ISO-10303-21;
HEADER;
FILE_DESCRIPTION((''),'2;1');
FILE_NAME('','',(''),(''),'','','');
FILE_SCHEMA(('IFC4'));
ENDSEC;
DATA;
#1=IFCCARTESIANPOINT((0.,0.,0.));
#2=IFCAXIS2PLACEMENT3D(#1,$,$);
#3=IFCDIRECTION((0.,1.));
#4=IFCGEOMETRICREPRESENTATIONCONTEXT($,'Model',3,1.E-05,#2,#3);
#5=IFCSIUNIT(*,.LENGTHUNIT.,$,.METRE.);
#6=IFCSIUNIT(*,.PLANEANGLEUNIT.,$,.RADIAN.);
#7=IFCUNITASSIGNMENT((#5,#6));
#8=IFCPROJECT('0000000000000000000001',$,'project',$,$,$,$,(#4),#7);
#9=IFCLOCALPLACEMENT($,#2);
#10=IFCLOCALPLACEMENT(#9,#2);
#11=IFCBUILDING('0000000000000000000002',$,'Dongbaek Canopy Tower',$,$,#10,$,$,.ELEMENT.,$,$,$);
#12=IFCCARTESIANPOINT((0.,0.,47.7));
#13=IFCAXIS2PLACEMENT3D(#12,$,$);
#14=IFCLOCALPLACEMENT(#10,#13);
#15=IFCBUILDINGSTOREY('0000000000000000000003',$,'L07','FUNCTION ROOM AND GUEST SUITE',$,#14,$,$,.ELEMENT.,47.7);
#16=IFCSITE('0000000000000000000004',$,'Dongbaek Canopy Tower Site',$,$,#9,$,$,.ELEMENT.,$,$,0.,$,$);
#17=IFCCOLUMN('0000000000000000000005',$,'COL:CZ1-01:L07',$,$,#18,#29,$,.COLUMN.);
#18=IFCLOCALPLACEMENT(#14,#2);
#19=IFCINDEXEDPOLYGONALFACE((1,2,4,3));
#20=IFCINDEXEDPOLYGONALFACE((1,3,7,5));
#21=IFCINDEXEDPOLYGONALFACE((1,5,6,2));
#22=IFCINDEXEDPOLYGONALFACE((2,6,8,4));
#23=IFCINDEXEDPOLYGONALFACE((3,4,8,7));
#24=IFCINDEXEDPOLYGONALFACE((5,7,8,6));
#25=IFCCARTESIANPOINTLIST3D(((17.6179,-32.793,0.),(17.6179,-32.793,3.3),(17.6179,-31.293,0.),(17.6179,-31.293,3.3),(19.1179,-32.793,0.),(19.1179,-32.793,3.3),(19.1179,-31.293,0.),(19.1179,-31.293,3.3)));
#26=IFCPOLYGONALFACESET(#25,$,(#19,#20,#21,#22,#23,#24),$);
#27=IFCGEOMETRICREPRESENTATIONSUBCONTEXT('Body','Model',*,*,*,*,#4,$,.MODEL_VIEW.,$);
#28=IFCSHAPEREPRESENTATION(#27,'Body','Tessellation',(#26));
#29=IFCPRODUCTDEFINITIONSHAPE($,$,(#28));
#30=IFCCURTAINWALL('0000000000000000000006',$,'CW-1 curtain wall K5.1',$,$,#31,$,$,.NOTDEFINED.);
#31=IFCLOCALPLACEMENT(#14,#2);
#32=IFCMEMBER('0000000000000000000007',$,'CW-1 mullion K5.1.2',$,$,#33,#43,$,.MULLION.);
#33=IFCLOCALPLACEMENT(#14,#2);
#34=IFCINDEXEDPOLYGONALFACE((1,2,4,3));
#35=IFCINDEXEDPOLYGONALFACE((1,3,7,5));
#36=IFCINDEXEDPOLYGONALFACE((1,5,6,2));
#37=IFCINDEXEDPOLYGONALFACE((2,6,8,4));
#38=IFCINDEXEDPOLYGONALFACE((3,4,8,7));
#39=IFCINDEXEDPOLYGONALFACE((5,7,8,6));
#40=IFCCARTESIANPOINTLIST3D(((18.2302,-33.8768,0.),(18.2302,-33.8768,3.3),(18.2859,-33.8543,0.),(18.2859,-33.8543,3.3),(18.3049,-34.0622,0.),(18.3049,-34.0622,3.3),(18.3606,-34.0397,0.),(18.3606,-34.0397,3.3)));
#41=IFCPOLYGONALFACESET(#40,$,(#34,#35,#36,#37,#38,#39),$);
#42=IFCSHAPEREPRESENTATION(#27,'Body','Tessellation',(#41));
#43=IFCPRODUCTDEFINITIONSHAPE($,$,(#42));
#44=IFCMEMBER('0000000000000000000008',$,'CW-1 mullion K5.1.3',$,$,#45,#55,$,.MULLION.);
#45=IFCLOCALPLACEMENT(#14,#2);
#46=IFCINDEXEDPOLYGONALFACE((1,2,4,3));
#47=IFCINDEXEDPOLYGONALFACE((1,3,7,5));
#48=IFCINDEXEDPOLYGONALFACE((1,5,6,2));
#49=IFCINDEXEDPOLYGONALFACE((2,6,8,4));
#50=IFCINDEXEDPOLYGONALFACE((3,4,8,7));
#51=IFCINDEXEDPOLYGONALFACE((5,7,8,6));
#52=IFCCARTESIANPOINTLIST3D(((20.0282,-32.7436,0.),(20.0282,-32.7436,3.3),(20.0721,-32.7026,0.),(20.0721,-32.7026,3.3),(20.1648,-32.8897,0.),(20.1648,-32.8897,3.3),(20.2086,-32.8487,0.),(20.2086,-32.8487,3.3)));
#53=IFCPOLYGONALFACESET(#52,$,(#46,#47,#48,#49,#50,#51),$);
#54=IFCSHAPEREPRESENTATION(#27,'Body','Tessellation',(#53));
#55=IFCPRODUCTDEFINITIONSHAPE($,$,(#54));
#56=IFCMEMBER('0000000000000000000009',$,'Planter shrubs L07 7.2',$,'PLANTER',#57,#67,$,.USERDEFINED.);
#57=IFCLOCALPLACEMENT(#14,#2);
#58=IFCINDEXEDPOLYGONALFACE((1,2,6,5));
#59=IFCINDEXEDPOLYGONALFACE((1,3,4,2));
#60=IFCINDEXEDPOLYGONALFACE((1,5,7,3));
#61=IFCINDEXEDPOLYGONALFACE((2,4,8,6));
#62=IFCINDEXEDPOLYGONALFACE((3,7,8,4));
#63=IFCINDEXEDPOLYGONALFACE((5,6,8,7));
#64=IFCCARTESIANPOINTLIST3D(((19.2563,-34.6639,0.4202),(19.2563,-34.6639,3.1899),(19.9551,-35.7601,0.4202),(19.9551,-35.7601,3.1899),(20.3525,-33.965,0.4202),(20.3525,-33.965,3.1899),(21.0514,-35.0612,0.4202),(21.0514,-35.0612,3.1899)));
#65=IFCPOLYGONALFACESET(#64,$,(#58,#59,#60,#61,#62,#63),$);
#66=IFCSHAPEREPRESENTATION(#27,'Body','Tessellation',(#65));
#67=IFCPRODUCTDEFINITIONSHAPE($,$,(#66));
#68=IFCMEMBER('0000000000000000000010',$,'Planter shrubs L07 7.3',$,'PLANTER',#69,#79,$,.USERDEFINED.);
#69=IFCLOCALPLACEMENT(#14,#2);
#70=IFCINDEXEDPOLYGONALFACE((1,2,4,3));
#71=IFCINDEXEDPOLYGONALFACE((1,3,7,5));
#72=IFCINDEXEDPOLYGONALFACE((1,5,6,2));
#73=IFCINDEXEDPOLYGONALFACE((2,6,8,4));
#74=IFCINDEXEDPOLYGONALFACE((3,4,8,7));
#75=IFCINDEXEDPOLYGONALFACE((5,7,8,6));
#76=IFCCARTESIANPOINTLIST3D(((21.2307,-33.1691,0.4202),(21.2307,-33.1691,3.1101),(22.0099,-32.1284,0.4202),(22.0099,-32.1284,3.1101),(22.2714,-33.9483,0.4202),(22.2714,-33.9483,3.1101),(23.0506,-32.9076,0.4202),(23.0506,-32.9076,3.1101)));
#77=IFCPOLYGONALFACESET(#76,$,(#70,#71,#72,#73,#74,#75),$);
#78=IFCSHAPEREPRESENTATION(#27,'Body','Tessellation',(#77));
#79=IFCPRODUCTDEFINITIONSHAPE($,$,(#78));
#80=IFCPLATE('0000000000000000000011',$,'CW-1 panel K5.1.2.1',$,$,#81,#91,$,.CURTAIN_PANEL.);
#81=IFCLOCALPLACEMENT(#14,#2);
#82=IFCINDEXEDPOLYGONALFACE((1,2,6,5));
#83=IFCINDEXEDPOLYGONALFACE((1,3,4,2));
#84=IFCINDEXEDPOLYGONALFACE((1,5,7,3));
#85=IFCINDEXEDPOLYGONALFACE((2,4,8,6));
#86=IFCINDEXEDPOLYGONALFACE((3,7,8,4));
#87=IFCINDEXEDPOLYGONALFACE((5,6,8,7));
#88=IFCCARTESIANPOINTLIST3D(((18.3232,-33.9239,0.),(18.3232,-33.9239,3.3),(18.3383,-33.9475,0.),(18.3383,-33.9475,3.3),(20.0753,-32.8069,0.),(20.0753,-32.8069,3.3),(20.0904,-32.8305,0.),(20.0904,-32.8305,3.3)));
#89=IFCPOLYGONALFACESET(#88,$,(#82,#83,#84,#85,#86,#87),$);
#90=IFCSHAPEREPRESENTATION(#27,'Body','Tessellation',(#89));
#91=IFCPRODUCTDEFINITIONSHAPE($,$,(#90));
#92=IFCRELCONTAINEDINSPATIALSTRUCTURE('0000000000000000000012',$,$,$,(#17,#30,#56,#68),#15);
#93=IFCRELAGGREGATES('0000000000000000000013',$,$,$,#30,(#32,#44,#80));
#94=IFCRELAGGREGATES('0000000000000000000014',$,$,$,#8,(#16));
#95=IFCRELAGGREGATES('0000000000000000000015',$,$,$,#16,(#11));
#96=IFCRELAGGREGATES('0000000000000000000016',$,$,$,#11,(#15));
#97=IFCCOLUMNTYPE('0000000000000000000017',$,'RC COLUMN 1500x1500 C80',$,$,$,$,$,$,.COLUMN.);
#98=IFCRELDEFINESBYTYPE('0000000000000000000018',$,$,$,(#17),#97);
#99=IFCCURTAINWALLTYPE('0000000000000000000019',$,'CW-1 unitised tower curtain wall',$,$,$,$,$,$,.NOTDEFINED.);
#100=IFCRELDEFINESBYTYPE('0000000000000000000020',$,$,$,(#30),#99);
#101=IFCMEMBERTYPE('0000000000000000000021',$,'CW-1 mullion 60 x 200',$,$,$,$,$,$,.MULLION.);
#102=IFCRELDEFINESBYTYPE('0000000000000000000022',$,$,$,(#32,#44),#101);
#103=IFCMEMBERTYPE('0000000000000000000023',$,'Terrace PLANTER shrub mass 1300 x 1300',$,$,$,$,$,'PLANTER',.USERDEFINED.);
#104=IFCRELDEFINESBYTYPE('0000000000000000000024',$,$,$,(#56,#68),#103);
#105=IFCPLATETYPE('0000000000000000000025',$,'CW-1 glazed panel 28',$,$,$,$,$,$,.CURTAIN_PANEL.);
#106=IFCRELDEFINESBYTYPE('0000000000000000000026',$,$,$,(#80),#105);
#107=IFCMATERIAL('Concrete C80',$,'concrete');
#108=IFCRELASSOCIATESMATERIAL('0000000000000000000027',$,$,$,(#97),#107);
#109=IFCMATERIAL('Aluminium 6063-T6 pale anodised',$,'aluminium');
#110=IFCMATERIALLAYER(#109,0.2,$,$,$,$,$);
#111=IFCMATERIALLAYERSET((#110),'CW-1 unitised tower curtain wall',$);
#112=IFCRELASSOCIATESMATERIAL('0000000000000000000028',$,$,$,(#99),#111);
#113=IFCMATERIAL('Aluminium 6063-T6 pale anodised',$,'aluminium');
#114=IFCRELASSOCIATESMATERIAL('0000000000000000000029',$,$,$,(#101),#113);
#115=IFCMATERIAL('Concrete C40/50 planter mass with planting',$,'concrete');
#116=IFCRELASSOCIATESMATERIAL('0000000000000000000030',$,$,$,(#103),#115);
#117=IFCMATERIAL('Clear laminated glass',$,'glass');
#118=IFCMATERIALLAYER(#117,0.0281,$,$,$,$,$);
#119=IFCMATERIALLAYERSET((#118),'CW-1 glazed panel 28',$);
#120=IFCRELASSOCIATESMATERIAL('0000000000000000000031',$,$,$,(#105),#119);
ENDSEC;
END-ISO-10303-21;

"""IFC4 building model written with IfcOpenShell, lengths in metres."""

from ifc_helpers import new_model, si_unit, direction, frame, origin, origin_2d, place, context, subcontext, project, spatial, rectangle, extrude, material, layer, layer_set, material_profile, profile_set, type_object, element, aggregate, save


model = new_model("IFC4")

# Units and contexts
model_context = context("Model", 3, precision=1e-05, world=origin(), true_north=direction((0.0, 1.0)))
body_context = subcontext(model_context, "Body", "Model", "MODEL_VIEW")
ifc_project = project(units=[si_unit("LENGTHUNIT", "METRE"), si_unit("PLANEANGLEUNIT", "RADIAN")], contexts=[model_context])

# Site, building, storey
site_placement = place(None, origin())
site = spatial("IfcSite", under=ifc_project, at=site_placement, Name="Dongbaek Canopy Tower Site", CompositionType="ELEMENT", RefElevation=0.0)
building_placement = place(site_placement, origin())
building = spatial("IfcBuilding", under=site, at=building_placement, Name="Dongbaek Canopy Tower", CompositionType="ELEMENT")
storey_placement = place(building_placement, frame((0.0, 0.0, 47.7)))
storey = spatial("IfcBuildingStorey", under=building, at=storey_placement, Name="L07", Description="FUNCTION ROOM AND GUEST SUITE", CompositionType="ELEMENT", Elevation=47.7)

# Column
ifc_material_1 = material(Name="Concrete C80", Category="concrete")
ifc_material_profile_1 = material_profile(ifc_material_1, rectangle(XDim=1.5, YDim=1.5, at=origin_2d()), Name="RC COLUMN 1500x1500 C80")
ifc_profile_set_1 = profile_set([ifc_material_profile_1], Name="Concrete C80")
column_type = type_object("IfcColumnType", Name="RC COLUMN 1500x1500 C80", PredefinedType="COLUMN", material=ifc_profile_set_1)
column_placement = place(storey_placement, frame((18.3679, -32.043, 0.0), z_axis=(0.0, 0.0, 1.0), x_axis=(1.0, 0.0, 0.0)))
element("IfcColumn", 1, at=column_placement, inside=storey, type_object=column_type, Name="COL:CZ1-01:L07", PredefinedType="COLUMN", context=body_context, shape_type="SweptSolid", body=[
    extrude(rectangle(XDim=1.5, YDim=1.5, at=origin_2d()), origin(), (0.0, 0.0, 1.0), 3.3),
])

# Curtain wall, members
ifc_material_2 = material(Name="Aluminium 6063-T6 pale anodised", Category="aluminium")
ifc_layer_1 = layer(ifc_material_2, 0.2)
ifc_layer_set_1 = layer_set([ifc_layer_1], Name="CW-1 unitised tower curtain wall")
curtain_wall_type = type_object("IfcCurtainWallType", Name="CW-1 unitised tower curtain wall", PredefinedType="NOTDEFINED", material=ifc_layer_set_1)
curtain_wall_placement = place(storey_placement, origin())
curtain_wall = element("IfcCurtainWall", 2, at=curtain_wall_placement, inside=storey, type_object=curtain_wall_type, Name="CW-1 curtain wall K5.1", PredefinedType="NOTDEFINED")
ifc_material_3 = material(Name="Aluminium 6063-T6 pale anodised", Category="aluminium")
ifc_material_profile_2 = material_profile(ifc_material_3, rectangle(XDim=0.2, YDim=0.0601, at=origin_2d()), Name="CW-1 mullion 60 x 200")
ifc_profile_set_2 = profile_set([ifc_material_profile_2], Name="Aluminium 6063-T6 pale anodised")
member_type_1 = type_object("IfcMemberType", Name="CW-1 mullion 60 x 200", PredefinedType="MULLION", material=ifc_profile_set_2)
member_1_placement = place(storey_placement, frame((18.2954, -33.9583, 0.0), z_axis=(0.0, 0.0, 1.0), x_axis=(0.373929, -0.927457, 0.0)))
member_1 = element("IfcMember", 3, at=member_1_placement, type_object=member_type_1, Name="CW-1 mullion K5.1.2", PredefinedType="MULLION", context=body_context, shape_type="SweptSolid", body=[
    extrude(rectangle(XDim=0.2, YDim=0.0601, at=origin_2d()), origin(), (0.0, 0.0, 1.0), 3.3),
])
member_2_placement = place(storey_placement, frame((20.1184, -32.7961, 0.0), z_axis=(0.0, 0.0, 1.0), x_axis=(0.683001, -0.730417, 0.0)))
member_2 = element("IfcMember", 4, at=member_2_placement, type_object=member_type_1, Name="CW-1 mullion K5.1.3", PredefinedType="MULLION", context=body_context, shape_type="SweptSolid", body=[
    extrude(rectangle(XDim=0.2, YDim=0.0601, at=origin_2d()), origin(), (0.0, 0.0, 1.0), 3.3),
])

# Members
ifc_material_4 = material(Name="Concrete C40/50 planter mass with planting", Category="concrete")
ifc_material_profile_3 = material_profile(ifc_material_4, rectangle(XDim=1.3, YDim=1.3, at=origin_2d()), Name="Terrace PLANTER shrub mass 1300 x 1300")
ifc_profile_set_3 = profile_set([ifc_material_profile_3], Name="Concrete C40/50 planter mass with planting")
member_type_2 = type_object("IfcMemberType", Name="Terrace PLANTER shrub mass 1300 x 1300", ElementType="PLANTER", PredefinedType="USERDEFINED", material=ifc_profile_set_3)
member_3_placement = place(storey_placement, frame((20.1538, -34.8625, 0.4202), z_axis=(0.0, 0.0, 1.0), x_axis=(0.53757, -0.843219, 0.0)))
element("IfcMember", 5, at=member_3_placement, inside=storey, type_object=member_type_2, Name="Planter shrubs L07 7.2", ObjectType="PLANTER", PredefinedType="USERDEFINED", context=body_context, shape_type="SweptSolid", body=[
    extrude(rectangle(XDim=1.3, YDim=1.3, at=origin_2d()), origin(), (0.0, 0.0, 1.0), 2.7698),
])
member_4_placement = place(storey_placement, frame((22.1406, -33.0383, 0.4202), z_axis=(0.0, 0.0, 1.0), x_axis=(0.800497, -0.599337, 0.0)))
element("IfcMember", 6, at=member_4_placement, inside=storey, type_object=member_type_2, Name="Planter shrubs L07 7.3", ObjectType="PLANTER", PredefinedType="USERDEFINED", context=body_context, shape_type="SweptSolid", body=[
    extrude(rectangle(XDim=1.3, YDim=1.3, at=origin_2d()), origin(), (0.0, 0.0, 1.0), 2.6899),
])

# Plate
ifc_material_5 = material(Name="Clear laminated glass", Category="glass")
ifc_layer_2 = layer(ifc_material_5, 0.0281)
ifc_layer_set_2 = layer_set([ifc_layer_2], Name="CW-1 glazed panel 28")
plate_type = type_object("IfcPlateType", Name="CW-1 glazed panel 28", PredefinedType="CURTAIN_PANEL", material=ifc_layer_set_2)
plate_placement = place(storey_placement, frame((19.2068, -33.3772, 0.0), z_axis=(0.0, 0.0, 1.0), x_axis=(0.843219, 0.53757, 0.0)))
plate = element("IfcPlate", 7, at=plate_placement, type_object=plate_type, Name="CW-1 panel K5.1.2.1", PredefinedType="CURTAIN_PANEL", context=body_context, shape_type="SweptSolid", body=[
    extrude(rectangle(XDim=2.0779, YDim=0.0281, at=origin_2d()), origin(), (0.0, 0.0, 1.0), 3.3),
])
aggregate(curtain_wall, [member_1, member_2, plate])

save(model, "model.ifc")
